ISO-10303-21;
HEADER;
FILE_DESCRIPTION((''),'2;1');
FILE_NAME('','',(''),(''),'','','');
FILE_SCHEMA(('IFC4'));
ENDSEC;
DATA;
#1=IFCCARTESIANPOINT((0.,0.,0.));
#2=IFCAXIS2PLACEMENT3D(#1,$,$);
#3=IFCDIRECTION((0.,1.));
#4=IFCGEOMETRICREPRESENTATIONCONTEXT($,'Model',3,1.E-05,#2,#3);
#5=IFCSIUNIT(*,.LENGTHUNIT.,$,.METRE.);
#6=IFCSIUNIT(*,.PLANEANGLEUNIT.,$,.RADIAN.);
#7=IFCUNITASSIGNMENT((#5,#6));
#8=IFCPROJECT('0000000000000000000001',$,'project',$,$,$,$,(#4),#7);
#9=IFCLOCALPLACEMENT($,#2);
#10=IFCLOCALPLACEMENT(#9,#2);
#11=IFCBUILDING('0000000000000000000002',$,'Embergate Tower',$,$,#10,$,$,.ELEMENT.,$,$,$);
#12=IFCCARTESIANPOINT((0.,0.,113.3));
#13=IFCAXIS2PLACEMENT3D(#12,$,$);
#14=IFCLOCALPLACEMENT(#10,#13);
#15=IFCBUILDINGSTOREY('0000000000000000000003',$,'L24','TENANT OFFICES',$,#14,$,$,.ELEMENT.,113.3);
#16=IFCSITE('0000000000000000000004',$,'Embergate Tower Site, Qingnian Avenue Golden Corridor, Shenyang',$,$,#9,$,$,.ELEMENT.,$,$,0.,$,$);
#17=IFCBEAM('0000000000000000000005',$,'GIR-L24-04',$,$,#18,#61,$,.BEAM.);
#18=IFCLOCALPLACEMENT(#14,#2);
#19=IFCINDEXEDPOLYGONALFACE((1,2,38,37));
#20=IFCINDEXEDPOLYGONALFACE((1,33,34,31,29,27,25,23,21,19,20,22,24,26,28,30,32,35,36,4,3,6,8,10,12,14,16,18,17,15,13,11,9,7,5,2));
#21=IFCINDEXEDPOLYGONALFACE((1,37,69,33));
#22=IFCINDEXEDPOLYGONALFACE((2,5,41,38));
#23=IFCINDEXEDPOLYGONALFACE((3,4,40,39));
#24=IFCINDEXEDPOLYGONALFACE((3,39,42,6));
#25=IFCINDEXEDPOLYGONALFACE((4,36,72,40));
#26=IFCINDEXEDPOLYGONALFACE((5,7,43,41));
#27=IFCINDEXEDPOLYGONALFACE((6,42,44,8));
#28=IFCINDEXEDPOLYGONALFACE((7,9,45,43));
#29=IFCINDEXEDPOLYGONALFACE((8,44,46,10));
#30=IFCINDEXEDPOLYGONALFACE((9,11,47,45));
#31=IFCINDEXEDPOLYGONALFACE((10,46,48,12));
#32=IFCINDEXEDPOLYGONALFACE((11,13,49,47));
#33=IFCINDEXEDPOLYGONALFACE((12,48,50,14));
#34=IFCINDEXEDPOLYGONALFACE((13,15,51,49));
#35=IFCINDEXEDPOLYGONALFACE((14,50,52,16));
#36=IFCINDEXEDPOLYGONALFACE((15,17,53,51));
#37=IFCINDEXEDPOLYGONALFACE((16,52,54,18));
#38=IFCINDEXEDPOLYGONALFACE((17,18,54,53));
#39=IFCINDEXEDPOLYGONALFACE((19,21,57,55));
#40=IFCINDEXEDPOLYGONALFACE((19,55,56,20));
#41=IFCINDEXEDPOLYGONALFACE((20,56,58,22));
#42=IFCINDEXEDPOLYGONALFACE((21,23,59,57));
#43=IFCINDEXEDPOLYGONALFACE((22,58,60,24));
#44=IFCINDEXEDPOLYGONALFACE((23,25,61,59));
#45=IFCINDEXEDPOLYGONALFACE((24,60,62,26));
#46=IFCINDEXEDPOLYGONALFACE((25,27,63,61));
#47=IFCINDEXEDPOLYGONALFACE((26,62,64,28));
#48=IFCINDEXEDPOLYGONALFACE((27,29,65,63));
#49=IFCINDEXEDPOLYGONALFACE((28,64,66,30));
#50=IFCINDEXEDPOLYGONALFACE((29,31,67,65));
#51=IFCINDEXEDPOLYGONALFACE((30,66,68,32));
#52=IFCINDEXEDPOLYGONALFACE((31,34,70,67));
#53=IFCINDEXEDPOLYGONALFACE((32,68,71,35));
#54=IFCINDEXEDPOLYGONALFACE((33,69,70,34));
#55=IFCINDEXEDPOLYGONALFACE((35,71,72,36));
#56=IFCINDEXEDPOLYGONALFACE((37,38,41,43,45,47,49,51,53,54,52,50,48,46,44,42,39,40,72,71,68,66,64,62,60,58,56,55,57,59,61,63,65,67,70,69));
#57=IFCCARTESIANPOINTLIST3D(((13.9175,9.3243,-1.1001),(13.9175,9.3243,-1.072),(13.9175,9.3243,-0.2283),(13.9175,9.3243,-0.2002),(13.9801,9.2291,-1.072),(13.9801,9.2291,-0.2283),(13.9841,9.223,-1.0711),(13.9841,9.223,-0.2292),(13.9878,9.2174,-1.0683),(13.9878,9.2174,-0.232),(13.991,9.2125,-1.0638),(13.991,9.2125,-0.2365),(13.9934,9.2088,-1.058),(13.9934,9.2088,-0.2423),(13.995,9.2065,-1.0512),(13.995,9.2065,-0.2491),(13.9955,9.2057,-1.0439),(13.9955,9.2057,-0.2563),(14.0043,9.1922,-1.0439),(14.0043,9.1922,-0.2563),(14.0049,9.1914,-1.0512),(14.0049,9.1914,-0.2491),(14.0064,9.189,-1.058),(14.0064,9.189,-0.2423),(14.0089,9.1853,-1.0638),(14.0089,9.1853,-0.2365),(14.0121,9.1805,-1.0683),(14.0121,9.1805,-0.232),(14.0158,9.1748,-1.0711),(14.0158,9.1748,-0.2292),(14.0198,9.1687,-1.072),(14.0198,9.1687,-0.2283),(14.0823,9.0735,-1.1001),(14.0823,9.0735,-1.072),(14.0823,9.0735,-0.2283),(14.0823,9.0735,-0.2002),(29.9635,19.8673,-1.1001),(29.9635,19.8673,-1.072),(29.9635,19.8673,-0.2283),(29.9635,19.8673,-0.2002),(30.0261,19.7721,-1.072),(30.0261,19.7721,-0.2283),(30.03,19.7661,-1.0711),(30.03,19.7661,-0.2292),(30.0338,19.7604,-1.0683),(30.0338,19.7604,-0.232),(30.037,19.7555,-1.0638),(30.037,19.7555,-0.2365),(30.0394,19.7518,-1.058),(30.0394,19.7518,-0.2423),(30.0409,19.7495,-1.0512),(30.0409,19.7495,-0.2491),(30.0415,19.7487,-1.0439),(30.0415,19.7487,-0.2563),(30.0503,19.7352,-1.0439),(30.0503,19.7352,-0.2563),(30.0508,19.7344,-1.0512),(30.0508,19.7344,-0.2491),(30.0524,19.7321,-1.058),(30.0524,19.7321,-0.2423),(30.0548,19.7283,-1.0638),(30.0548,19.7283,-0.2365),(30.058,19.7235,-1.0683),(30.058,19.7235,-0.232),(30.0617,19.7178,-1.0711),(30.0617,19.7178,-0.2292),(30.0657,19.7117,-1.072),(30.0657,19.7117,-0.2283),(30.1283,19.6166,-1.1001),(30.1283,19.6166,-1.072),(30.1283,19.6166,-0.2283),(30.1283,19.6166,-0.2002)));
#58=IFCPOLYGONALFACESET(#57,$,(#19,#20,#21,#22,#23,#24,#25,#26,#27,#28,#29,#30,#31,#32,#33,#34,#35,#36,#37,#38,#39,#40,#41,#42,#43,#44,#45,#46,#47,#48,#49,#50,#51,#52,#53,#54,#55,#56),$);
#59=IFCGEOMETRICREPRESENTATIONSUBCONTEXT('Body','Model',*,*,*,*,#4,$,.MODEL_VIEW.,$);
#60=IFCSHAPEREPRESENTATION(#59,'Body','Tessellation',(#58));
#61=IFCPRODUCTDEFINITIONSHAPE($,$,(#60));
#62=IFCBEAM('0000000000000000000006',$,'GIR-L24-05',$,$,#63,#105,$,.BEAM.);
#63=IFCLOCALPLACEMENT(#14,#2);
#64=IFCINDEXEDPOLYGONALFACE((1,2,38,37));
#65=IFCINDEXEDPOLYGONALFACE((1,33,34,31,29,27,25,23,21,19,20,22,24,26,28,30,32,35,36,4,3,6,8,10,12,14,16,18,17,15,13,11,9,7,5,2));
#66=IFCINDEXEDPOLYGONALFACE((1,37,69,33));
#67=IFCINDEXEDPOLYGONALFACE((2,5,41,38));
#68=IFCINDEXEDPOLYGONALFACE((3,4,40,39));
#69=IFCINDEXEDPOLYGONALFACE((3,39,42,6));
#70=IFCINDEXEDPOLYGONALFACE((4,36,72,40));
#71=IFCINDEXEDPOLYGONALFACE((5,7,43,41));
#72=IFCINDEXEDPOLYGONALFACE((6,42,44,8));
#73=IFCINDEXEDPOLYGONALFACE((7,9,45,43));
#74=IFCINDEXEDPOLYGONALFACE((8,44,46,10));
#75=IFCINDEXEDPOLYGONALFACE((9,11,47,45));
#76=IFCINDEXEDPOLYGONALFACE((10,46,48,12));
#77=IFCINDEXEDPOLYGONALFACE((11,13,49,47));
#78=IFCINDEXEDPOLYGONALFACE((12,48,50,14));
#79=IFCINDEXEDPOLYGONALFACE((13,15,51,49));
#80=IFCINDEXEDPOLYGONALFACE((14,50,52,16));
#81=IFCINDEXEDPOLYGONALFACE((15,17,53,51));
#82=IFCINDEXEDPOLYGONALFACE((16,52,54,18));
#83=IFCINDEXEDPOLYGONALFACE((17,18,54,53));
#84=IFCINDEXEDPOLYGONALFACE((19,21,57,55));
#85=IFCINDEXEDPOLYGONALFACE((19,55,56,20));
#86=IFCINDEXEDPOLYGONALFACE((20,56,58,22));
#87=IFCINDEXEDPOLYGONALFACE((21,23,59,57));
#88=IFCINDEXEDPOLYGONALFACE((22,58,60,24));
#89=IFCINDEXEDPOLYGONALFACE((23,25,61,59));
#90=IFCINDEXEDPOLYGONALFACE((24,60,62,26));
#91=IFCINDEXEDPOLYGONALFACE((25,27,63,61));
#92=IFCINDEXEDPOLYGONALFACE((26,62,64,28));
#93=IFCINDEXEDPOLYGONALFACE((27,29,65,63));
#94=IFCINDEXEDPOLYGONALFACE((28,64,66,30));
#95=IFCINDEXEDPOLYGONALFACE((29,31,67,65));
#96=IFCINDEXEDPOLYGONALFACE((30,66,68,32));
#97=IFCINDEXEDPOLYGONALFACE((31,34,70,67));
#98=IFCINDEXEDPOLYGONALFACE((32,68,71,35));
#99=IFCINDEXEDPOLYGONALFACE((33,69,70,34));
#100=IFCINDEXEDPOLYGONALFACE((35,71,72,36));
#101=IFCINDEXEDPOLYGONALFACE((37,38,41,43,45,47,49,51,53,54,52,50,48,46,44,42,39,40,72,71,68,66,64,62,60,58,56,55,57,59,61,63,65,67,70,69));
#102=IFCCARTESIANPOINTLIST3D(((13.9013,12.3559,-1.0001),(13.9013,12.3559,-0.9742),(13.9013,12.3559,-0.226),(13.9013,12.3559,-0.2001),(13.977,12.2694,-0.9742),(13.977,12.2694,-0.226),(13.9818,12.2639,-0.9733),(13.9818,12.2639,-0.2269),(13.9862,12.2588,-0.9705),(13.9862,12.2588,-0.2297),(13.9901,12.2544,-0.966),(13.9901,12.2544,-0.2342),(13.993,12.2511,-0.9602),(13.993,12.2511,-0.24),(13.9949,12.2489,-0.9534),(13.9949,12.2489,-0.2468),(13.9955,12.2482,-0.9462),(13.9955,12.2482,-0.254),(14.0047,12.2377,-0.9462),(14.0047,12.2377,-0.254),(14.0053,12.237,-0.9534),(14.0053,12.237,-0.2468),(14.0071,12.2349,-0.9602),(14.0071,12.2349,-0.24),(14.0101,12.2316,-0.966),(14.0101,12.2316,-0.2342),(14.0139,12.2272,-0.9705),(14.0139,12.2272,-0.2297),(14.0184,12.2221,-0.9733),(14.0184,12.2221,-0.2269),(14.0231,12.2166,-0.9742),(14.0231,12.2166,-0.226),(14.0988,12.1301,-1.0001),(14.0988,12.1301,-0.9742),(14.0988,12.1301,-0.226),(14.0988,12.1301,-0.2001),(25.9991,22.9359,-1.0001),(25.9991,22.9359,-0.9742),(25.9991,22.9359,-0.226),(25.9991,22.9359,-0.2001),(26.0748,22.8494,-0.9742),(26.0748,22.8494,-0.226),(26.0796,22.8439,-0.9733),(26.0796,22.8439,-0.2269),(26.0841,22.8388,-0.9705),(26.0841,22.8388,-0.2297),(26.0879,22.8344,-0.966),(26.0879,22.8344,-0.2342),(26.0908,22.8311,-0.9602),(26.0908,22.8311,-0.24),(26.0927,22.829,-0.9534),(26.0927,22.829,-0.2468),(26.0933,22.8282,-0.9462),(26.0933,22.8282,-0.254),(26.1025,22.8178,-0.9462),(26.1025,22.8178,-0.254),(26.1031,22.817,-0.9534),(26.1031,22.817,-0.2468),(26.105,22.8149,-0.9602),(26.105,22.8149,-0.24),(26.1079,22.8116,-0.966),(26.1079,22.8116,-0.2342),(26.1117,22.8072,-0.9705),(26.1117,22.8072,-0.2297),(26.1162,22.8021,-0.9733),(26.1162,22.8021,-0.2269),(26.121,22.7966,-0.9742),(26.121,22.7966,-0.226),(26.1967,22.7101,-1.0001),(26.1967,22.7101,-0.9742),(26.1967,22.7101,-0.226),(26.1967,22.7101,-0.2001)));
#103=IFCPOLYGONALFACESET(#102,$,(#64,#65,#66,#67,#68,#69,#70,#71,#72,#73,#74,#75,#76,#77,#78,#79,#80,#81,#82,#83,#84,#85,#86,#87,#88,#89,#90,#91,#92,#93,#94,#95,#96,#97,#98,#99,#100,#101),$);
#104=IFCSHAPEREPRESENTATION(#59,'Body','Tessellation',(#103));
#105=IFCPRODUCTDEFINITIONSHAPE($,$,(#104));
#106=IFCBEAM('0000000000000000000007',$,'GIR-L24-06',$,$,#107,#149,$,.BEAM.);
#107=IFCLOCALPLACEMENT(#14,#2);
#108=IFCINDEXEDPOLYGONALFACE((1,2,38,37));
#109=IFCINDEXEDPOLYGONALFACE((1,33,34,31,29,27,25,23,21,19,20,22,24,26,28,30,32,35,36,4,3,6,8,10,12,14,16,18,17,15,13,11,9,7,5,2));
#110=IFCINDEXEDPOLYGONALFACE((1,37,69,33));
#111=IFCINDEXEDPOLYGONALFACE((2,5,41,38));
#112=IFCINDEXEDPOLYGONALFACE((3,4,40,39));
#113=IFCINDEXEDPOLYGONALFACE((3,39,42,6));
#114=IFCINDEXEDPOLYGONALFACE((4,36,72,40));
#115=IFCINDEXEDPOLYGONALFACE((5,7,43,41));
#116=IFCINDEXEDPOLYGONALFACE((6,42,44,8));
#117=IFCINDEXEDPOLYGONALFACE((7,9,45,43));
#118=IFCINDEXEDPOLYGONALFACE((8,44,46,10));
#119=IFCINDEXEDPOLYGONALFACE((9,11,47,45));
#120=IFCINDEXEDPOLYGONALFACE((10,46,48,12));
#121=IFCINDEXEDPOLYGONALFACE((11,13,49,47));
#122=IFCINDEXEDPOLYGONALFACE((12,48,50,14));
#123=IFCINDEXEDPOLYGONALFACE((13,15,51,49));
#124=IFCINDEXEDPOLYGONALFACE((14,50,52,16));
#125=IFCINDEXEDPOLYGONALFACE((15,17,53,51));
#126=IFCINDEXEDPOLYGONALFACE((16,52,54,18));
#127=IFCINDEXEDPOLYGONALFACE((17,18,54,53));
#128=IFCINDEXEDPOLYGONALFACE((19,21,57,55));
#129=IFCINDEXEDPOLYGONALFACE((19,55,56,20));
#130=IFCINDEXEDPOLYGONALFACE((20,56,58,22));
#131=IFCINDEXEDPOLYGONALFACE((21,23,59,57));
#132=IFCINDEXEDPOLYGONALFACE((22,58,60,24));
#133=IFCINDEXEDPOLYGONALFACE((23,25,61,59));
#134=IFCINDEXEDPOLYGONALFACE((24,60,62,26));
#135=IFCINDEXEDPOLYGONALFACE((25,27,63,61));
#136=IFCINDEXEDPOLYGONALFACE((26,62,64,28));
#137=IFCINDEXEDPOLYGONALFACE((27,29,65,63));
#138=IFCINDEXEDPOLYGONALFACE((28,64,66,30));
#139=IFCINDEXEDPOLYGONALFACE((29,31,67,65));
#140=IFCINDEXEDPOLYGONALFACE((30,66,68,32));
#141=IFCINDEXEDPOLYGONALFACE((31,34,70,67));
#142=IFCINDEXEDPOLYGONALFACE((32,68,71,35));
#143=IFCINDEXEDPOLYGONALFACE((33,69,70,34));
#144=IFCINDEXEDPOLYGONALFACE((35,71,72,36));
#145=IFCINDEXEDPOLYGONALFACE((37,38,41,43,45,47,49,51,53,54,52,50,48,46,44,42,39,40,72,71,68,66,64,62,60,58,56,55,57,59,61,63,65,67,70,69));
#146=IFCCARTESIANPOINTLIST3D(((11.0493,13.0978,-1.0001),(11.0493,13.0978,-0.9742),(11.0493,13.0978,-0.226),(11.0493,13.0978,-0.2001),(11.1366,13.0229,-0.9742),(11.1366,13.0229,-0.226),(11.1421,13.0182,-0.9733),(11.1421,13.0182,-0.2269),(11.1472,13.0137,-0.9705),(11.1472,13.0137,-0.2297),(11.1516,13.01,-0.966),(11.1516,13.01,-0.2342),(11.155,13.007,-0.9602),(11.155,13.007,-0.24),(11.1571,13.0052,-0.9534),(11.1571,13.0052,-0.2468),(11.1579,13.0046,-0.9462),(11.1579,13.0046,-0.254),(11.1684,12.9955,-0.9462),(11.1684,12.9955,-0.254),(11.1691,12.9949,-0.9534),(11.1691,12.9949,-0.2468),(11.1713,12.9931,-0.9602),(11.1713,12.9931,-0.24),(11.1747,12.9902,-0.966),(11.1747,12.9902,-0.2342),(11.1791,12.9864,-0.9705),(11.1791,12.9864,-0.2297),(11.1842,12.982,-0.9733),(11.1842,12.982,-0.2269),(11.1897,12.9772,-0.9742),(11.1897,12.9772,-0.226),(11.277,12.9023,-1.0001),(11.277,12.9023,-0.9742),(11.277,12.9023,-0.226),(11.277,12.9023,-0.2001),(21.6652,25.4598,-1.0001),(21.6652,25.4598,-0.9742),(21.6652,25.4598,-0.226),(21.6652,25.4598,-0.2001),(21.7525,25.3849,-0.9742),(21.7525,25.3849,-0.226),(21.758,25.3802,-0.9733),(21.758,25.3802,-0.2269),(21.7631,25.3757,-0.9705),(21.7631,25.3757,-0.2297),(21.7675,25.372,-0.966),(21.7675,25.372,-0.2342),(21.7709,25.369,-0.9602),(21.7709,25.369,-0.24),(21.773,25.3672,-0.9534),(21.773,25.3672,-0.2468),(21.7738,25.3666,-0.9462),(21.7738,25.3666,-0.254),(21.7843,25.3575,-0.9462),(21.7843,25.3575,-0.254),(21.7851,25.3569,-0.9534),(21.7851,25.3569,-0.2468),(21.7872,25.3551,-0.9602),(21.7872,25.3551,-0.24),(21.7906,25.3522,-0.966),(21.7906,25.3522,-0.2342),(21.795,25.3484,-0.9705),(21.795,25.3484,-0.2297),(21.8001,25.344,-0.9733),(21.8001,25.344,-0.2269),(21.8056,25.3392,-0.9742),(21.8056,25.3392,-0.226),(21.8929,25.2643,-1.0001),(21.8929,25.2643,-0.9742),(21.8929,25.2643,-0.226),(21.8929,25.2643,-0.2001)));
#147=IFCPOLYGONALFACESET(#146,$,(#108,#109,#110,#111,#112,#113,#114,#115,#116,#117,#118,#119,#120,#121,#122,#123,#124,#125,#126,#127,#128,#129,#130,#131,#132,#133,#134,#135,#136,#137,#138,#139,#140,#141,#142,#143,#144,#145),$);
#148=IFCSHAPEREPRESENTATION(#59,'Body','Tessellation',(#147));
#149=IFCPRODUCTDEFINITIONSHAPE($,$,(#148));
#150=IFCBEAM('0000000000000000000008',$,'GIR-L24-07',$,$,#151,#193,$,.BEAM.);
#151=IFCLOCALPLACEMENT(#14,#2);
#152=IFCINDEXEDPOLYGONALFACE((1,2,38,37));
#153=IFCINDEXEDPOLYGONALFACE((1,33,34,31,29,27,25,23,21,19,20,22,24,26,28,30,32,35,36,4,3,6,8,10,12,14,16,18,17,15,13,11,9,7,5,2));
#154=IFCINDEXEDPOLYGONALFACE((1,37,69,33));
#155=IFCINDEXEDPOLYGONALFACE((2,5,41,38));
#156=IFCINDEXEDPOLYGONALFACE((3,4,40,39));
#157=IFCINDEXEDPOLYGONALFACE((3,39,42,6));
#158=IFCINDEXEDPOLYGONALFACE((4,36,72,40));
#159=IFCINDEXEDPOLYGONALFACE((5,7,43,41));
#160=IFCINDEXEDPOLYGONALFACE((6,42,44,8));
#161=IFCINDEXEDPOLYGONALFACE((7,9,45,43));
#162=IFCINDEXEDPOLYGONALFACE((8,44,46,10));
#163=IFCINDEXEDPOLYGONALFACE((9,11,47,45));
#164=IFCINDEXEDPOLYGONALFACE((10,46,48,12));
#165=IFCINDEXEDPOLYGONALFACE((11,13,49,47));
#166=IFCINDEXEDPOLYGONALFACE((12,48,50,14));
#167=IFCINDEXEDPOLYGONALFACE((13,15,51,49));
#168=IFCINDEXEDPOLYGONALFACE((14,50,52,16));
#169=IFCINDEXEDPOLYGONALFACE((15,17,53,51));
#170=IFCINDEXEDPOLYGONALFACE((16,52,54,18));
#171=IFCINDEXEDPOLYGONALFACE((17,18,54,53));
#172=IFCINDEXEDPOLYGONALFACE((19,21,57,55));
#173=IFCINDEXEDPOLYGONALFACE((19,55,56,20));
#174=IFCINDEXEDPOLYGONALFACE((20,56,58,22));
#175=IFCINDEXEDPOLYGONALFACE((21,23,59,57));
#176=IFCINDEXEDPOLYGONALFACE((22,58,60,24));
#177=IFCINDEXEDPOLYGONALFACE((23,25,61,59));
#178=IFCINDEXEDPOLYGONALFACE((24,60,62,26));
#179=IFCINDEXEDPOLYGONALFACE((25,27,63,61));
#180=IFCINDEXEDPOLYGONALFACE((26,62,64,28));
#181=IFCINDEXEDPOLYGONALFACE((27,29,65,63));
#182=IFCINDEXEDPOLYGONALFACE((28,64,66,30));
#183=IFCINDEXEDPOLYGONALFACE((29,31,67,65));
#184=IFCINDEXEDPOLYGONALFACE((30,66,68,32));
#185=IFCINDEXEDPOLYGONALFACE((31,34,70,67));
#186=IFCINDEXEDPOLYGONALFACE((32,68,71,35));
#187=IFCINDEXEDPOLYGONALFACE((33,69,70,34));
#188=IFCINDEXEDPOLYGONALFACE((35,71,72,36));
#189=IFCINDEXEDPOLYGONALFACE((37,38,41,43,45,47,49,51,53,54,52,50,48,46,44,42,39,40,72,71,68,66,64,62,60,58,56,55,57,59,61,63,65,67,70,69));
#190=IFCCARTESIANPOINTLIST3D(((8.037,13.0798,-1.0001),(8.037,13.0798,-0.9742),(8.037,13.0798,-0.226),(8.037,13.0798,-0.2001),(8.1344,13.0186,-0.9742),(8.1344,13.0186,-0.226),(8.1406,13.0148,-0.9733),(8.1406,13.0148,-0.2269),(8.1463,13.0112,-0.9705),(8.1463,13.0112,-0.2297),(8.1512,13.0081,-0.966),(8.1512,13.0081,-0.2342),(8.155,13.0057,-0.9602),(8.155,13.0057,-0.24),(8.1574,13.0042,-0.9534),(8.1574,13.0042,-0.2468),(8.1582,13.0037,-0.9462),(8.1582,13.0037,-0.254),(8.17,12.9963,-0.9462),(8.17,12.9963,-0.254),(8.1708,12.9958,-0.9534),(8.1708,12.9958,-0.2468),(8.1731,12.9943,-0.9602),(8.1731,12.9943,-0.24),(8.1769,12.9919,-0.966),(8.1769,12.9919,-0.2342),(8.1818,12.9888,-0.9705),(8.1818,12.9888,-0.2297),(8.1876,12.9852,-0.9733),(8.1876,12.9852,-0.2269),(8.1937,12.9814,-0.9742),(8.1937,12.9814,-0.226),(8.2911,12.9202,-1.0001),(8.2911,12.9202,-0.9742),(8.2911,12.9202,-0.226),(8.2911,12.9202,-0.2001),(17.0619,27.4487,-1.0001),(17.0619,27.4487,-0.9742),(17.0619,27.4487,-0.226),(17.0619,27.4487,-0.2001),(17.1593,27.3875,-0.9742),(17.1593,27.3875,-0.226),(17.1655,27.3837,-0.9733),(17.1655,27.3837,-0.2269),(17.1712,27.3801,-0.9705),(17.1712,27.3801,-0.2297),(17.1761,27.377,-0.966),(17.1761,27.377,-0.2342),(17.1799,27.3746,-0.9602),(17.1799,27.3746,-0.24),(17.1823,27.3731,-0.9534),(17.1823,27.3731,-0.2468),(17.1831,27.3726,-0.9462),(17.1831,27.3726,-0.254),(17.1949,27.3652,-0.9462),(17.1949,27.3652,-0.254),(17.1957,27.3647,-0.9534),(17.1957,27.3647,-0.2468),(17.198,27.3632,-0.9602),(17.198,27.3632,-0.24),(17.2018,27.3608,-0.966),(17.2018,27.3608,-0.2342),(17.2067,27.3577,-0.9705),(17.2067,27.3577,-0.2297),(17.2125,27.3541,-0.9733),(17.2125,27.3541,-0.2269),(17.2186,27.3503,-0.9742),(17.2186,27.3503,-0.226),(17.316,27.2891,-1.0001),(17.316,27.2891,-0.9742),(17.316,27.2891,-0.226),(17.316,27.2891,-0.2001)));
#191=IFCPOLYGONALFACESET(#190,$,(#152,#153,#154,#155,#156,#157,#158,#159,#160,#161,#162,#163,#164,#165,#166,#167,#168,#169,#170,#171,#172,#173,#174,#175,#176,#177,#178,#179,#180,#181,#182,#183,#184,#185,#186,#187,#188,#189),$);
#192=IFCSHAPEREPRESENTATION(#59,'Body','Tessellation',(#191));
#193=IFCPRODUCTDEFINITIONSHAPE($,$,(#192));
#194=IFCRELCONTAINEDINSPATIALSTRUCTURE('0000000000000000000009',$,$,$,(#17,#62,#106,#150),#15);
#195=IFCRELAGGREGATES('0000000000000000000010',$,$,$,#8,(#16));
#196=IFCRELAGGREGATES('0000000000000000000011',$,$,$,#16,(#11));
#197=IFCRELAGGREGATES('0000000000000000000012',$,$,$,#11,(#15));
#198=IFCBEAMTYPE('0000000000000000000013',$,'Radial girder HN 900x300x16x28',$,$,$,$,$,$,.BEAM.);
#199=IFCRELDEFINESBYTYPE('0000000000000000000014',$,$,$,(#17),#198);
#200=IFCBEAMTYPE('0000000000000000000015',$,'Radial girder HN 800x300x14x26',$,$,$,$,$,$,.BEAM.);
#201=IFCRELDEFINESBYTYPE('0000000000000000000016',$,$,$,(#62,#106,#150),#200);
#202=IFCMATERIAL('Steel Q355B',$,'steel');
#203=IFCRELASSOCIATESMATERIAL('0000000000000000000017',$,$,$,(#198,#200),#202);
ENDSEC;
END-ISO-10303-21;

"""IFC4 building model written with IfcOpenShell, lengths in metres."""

from ifc_helpers import new_model, si_unit, direction, frame, origin, origin_2d, place, context, subcontext, project, spatial, i_section, extrude, source, transform, mapped, material, material_profile, profile_set, type_object, element, save


model = new_model("IFC4")

# Units and contexts
model_context = context("Model", 3, precision=1e-05, world=origin(), true_north=direction((0.0, 1.0)))
body_context = subcontext(model_context, "Body", "Model", "MODEL_VIEW")
ifc_project = project(units=[si_unit("LENGTHUNIT", "METRE"), si_unit("PLANEANGLEUNIT", "RADIAN")], contexts=[model_context])

# Site, building, storey
site_placement = place(None, origin())
site = spatial("IfcSite", under=ifc_project, at=site_placement, Name="Embergate Tower Site, Qingnian Avenue Golden Corridor, Shenyang", CompositionType="ELEMENT", RefElevation=0.0)
building_placement = place(site_placement, origin())
building = spatial("IfcBuilding", under=site, at=building_placement, Name="Embergate Tower", CompositionType="ELEMENT")
storey_placement = place(building_placement, frame((0.0, 0.0, 113.3)))
storey = spatial("IfcBuildingStorey", under=building, at=storey_placement, Name="L24", Description="TENANT OFFICES", CompositionType="ELEMENT", Elevation=113.3)

# Beams
ifc_material_1 = material(Name="Steel Q355B", Category="steel")
ifc_material_profile_1 = material_profile(ifc_material_1, i_section(OverallWidth=0.3, OverallDepth=0.8999, WebThickness=0.0161, FlangeThickness=0.0281, FilletRadius=0.0281, at=origin_2d()), Name="HN 900x300x16x28")
ifc_profile_set_1 = profile_set([ifc_material_profile_1], Name="Steel Q355 grade B")
beam_type_1 = type_object("IfcBeamType", Name="Radial girder HN 900x300x16x28", PredefinedType="BEAM", material=ifc_profile_set_1)
shared_shape_1 = source(origin(), body_context, "Body", "SweptSolid", [
    extrude(i_section(OverallWidth=0.3, OverallDepth=0.8999, WebThickness=0.0161, FlangeThickness=0.0281, FilletRadius=0.0281, at=origin_2d()), origin(), (0.0, 0.0, 1.0), 19.1997),
])
beam_1_placement = place(storey_placement, frame((30.0459, 19.7419, -0.6501), z_axis=(-0.835741, -0.549124, 0.0), x_axis=(0.549124, -0.835741, 0.0)))
element("IfcBeam", 1, at=beam_1_placement, inside=storey, type_object=beam_type_1, Name="GIR-L24-04", PredefinedType="BEAM", context=body_context, shape_type="MappedRepresentation", body=[
    mapped(shared_shape_1, transform((0.0, 0.0, 0.0))),
])
ifc_material_profile_2 = material_profile(ifc_material_1, i_section(OverallWidth=0.3, OverallDepth=0.8, WebThickness=0.0139, FlangeThickness=0.0259, FilletRadius=0.0281, at=origin_2d()), Name="HN 800x300x14x26")
ifc_profile_set_2 = profile_set([ifc_material_profile_2], Name="Steel Q355 grade B")
beam_type_2 = type_object("IfcBeamType", Name="Radial girder HN 800x300x14x26", PredefinedType="BEAM", material=ifc_profile_set_2)
shared_shape_2 = source(origin(), body_context, "Body", "SweptSolid", [
    extrude(i_section(OverallWidth=0.3, OverallDepth=0.8, WebThickness=0.0139, FlangeThickness=0.0259, FilletRadius=0.0281, at=origin_2d()), origin(), (0.0, 0.0, 1.0), 16.0715),
])
beam_2_placement = place(storey_placement, frame((26.0979, 22.823, -0.6001), z_axis=(-0.752749, -0.658308, 0.0), x_axis=(0.658308, -0.752749, 0.0)))
element("IfcBeam", 2, at=beam_2_placement, inside=storey, type_object=beam_type_2, Name="GIR-L24-05", PredefinedType="BEAM", context=body_context, shape_type="MappedRepresentation", body=[
    mapped(shared_shape_2, transform((0.0, 0.0, 0.0))),
])
shared_shape_3 = source(origin(), body_context, "Body", "SweptSolid", [
    extrude(i_section(OverallWidth=0.3, OverallDepth=0.8, WebThickness=0.0139, FlangeThickness=0.0259, FilletRadius=0.0281, at=origin_2d()), origin(), (0.0, 0.0, 1.0), 16.2947),
])
beam_3_placement = place(storey_placement, frame((21.7791, 25.3621, -0.6001), z_axis=(-0.651496, -0.758652, 0.0), x_axis=(0.758652, -0.651496, 0.0)))
element("IfcBeam", 3, at=beam_3_placement, inside=storey, type_object=beam_type_2, Name="GIR-L24-06", PredefinedType="BEAM", context=body_context, shape_type="MappedRepresentation", body=[
    mapped(shared_shape_3, transform((0.0, 0.0, 0.0))),
])
shared_shape_4 = source(origin(), body_context, "Body", "SweptSolid", [
    extrude(i_section(OverallWidth=0.3, OverallDepth=0.8, WebThickness=0.0139, FlangeThickness=0.0259, FilletRadius=0.0281, at=origin_2d()), origin(), (0.0, 0.0, 1.0), 16.968),
])
beam_4_placement = place(storey_placement, frame((17.189, 27.3689, -0.6001), z_axis=(-0.531877, -0.846822, 0.0), x_axis=(0.846822, -0.531877, 0.0)))
element("IfcBeam", 4, at=beam_4_placement, inside=storey, type_object=beam_type_2, Name="GIR-L24-07", PredefinedType="BEAM", context=body_context, shape_type="MappedRepresentation", body=[
    mapped(shared_shape_4, transform((0.0, 0.0, 0.0))),
])

save(model, "model.ifc")
